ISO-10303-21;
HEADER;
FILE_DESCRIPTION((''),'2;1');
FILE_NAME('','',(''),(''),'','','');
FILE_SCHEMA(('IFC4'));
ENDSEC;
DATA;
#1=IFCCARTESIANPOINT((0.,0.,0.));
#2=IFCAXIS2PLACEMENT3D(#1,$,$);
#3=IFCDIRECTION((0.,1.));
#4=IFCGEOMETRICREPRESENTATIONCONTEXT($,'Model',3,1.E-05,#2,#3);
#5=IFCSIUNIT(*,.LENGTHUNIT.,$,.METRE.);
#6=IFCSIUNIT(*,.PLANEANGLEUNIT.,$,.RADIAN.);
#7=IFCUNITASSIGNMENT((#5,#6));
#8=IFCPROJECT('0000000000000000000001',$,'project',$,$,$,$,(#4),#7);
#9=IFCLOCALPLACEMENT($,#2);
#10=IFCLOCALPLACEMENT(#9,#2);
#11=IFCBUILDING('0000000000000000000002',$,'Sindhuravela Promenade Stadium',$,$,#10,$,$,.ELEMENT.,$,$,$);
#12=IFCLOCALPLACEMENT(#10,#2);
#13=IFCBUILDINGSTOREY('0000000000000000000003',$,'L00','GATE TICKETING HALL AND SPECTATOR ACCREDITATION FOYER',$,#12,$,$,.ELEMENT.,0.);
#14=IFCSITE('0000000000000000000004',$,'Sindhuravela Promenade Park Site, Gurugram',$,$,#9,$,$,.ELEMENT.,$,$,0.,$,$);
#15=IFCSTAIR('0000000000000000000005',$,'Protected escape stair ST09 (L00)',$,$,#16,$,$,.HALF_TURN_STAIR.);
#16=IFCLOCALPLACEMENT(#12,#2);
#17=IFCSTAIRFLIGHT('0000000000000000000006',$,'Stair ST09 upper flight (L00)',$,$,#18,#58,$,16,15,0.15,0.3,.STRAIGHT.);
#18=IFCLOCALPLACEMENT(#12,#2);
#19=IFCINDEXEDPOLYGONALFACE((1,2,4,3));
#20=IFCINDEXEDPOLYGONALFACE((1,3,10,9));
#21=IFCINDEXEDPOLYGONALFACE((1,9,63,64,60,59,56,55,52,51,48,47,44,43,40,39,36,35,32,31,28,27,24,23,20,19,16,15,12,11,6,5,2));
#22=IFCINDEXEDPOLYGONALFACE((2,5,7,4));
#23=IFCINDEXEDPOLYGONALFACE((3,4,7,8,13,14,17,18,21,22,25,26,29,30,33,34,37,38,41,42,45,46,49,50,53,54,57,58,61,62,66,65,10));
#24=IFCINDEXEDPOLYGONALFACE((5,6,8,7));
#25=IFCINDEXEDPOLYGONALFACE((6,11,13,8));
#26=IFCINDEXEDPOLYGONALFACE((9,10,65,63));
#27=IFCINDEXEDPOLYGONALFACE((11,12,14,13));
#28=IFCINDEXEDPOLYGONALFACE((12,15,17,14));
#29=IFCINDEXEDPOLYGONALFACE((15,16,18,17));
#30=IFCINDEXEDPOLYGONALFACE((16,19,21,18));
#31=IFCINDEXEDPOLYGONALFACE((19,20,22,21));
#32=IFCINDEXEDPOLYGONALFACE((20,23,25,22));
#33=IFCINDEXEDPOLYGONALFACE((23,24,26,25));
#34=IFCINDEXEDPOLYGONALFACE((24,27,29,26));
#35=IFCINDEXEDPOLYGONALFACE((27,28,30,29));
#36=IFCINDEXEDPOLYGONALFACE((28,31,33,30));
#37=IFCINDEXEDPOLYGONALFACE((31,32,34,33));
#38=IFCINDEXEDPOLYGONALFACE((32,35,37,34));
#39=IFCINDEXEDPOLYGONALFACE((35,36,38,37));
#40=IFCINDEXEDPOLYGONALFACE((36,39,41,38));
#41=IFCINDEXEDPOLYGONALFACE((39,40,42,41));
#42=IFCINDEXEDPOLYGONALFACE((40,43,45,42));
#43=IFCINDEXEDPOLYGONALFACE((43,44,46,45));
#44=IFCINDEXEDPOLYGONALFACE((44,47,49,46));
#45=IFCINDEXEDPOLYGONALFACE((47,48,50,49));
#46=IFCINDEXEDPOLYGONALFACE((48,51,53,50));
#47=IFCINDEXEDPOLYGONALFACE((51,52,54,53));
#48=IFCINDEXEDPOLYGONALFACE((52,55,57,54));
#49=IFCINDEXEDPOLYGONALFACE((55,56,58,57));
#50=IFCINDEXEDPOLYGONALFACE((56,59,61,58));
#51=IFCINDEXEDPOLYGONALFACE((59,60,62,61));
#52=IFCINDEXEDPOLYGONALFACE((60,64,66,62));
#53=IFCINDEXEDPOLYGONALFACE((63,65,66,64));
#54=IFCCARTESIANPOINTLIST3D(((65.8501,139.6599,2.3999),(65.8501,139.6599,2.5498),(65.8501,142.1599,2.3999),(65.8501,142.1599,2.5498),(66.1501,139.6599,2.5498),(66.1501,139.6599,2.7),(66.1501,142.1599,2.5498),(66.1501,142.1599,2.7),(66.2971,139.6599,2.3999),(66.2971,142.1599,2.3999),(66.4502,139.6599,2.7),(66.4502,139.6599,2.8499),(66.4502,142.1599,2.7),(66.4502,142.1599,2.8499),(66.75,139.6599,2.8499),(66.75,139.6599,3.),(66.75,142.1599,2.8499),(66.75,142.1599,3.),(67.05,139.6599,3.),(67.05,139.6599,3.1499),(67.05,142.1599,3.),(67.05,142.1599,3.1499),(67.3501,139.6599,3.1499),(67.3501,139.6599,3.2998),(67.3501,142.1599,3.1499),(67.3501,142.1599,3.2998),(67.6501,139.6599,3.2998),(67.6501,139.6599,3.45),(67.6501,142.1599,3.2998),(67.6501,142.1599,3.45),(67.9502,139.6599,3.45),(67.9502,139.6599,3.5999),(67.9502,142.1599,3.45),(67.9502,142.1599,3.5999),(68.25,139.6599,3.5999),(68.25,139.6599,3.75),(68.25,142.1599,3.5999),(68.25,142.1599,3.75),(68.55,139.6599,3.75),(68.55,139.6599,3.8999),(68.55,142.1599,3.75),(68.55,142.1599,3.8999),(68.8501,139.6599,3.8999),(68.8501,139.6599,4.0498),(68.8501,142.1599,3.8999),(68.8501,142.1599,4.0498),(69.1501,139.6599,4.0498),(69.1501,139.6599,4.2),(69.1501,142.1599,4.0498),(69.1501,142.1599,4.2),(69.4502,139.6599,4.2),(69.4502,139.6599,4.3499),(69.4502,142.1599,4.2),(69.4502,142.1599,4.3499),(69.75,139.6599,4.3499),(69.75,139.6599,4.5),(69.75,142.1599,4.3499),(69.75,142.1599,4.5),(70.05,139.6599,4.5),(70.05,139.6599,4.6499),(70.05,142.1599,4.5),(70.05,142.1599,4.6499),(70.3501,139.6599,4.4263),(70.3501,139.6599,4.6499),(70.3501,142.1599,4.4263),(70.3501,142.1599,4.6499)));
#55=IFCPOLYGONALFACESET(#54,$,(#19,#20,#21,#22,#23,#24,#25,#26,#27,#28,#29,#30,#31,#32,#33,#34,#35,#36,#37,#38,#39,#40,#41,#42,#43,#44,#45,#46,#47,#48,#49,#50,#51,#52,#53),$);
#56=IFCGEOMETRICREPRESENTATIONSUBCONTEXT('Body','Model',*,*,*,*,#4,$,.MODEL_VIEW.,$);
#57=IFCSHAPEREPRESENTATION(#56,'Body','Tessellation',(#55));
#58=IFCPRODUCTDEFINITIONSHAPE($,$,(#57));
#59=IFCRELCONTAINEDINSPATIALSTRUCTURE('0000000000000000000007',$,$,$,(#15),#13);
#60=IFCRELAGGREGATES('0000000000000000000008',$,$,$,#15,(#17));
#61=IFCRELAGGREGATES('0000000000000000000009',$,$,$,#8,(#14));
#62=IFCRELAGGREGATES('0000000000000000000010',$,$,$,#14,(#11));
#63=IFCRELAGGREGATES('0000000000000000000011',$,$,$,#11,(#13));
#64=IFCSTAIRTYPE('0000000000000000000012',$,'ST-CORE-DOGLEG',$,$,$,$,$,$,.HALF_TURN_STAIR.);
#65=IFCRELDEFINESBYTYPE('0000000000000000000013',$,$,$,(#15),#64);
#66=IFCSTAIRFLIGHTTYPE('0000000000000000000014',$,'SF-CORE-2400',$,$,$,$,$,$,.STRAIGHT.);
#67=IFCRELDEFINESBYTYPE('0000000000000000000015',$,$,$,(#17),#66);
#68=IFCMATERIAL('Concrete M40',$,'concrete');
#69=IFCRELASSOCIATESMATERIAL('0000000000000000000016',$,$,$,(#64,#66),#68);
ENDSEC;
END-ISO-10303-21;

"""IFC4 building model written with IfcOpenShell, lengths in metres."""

from ifc_helpers import new_model, si_unit, direction, frame, origin, place, context, subcontext, project, spatial, polyline, outline, extrude, material, type_object, element, aggregate, save


model = new_model("IFC4")

# Units and contexts
model_context = context("Model", 3, precision=1e-05, world=origin(), true_north=direction((0.0, 1.0)))
body_context = subcontext(model_context, "Body", "Model", "MODEL_VIEW")
ifc_project = project(units=[si_unit("LENGTHUNIT", "METRE"), si_unit("PLANEANGLEUNIT", "RADIAN")], contexts=[model_context])

# Site, building, storey
site_placement = place(None, origin())
site = spatial("IfcSite", under=ifc_project, at=site_placement, Name="Sindhuravela Promenade Park Site, Gurugram", CompositionType="ELEMENT", RefElevation=0.0)
building_placement = place(site_placement, origin())
building = spatial("IfcBuilding", under=site, at=building_placement, Name="Sindhuravela Promenade Stadium", CompositionType="ELEMENT")
storey_placement = place(building_placement, origin())
storey = spatial("IfcBuildingStorey", under=building, at=storey_placement, Name="L00", Description="GATE TICKETING HALL AND SPECTATOR ACCREDITATION FOYER", CompositionType="ELEMENT", Elevation=0.0)

# Shared definitions
ifc_material_1 = material(Name="Concrete M40", Category="concrete")

# Stair, stair flight
stair_type = type_object("IfcStairType", Name="ST-CORE-DOGLEG", PredefinedType="HALF_TURN_STAIR", material=ifc_material_1)
stair_placement = place(storey_placement, origin())
stair = element("IfcStair", 1, at=stair_placement, inside=storey, type_object=stair_type, Name="Protected escape stair ST09 (L00)", PredefinedType="HALF_TURN_STAIR")
stair_flight_type = type_object("IfcStairFlightType", Name="SF-CORE-2400", PredefinedType="STRAIGHT", material=ifc_material_1)
stair_flight_placement = place(storey_placement, frame((65.8501, 140.9099, 2.3999), z_axis=(0.0, 0.0, 1.0), x_axis=(1.0, 0.0, 0.0)))
stair_flight = element("IfcStairFlight", 2, at=stair_flight_placement, type_object=stair_flight_type, Name="Stair ST09 upper flight (L00)", NumberOfRisers=16, NumberOfTreads=15, PredefinedType="STRAIGHT", RiserHeight=0.15, TreadLength=0.3, context=body_context, shape_type="SweptSolid", body=[
    extrude(outline(polyline([(0.0, 0.0), (0.0, 0.1499), (0.3, 0.1499), (0.3, 0.3), (0.6001, 0.3), (0.6001, 0.45), (0.8999, 0.45), (0.8999, 0.6001), (1.2, 0.6001), (1.2, 0.75), (1.5, 0.75), (1.5, 0.8999), (1.8, 0.8999), (1.8, 1.05), (2.1001, 1.05), (2.1001, 1.2), (2.3999, 1.2), (2.3999, 1.3501), (2.7, 1.3501), (2.7, 1.5), (3.0, 1.5), (3.0, 1.6499), (3.3, 1.6499), (3.3, 1.8), (3.6001, 1.8), (3.6001, 1.95), (3.8999, 1.95), (3.8999, 2.1001), (4.2, 2.1001), (4.2, 2.25), (4.5, 2.25), (4.5, 2.3999), (4.5, 2.0264), (0.447, 0.0), (0.0, 0.0)])), frame((0.0, 1.25, 0.0), z_axis=(0.0, -1.0, 0.0), x_axis=(1.0, 0.0, 0.0)), (0.0, 0.0, 1.0), 2.5),
])
aggregate(stair, [stair_flight])

save(model, "model.ifc")
